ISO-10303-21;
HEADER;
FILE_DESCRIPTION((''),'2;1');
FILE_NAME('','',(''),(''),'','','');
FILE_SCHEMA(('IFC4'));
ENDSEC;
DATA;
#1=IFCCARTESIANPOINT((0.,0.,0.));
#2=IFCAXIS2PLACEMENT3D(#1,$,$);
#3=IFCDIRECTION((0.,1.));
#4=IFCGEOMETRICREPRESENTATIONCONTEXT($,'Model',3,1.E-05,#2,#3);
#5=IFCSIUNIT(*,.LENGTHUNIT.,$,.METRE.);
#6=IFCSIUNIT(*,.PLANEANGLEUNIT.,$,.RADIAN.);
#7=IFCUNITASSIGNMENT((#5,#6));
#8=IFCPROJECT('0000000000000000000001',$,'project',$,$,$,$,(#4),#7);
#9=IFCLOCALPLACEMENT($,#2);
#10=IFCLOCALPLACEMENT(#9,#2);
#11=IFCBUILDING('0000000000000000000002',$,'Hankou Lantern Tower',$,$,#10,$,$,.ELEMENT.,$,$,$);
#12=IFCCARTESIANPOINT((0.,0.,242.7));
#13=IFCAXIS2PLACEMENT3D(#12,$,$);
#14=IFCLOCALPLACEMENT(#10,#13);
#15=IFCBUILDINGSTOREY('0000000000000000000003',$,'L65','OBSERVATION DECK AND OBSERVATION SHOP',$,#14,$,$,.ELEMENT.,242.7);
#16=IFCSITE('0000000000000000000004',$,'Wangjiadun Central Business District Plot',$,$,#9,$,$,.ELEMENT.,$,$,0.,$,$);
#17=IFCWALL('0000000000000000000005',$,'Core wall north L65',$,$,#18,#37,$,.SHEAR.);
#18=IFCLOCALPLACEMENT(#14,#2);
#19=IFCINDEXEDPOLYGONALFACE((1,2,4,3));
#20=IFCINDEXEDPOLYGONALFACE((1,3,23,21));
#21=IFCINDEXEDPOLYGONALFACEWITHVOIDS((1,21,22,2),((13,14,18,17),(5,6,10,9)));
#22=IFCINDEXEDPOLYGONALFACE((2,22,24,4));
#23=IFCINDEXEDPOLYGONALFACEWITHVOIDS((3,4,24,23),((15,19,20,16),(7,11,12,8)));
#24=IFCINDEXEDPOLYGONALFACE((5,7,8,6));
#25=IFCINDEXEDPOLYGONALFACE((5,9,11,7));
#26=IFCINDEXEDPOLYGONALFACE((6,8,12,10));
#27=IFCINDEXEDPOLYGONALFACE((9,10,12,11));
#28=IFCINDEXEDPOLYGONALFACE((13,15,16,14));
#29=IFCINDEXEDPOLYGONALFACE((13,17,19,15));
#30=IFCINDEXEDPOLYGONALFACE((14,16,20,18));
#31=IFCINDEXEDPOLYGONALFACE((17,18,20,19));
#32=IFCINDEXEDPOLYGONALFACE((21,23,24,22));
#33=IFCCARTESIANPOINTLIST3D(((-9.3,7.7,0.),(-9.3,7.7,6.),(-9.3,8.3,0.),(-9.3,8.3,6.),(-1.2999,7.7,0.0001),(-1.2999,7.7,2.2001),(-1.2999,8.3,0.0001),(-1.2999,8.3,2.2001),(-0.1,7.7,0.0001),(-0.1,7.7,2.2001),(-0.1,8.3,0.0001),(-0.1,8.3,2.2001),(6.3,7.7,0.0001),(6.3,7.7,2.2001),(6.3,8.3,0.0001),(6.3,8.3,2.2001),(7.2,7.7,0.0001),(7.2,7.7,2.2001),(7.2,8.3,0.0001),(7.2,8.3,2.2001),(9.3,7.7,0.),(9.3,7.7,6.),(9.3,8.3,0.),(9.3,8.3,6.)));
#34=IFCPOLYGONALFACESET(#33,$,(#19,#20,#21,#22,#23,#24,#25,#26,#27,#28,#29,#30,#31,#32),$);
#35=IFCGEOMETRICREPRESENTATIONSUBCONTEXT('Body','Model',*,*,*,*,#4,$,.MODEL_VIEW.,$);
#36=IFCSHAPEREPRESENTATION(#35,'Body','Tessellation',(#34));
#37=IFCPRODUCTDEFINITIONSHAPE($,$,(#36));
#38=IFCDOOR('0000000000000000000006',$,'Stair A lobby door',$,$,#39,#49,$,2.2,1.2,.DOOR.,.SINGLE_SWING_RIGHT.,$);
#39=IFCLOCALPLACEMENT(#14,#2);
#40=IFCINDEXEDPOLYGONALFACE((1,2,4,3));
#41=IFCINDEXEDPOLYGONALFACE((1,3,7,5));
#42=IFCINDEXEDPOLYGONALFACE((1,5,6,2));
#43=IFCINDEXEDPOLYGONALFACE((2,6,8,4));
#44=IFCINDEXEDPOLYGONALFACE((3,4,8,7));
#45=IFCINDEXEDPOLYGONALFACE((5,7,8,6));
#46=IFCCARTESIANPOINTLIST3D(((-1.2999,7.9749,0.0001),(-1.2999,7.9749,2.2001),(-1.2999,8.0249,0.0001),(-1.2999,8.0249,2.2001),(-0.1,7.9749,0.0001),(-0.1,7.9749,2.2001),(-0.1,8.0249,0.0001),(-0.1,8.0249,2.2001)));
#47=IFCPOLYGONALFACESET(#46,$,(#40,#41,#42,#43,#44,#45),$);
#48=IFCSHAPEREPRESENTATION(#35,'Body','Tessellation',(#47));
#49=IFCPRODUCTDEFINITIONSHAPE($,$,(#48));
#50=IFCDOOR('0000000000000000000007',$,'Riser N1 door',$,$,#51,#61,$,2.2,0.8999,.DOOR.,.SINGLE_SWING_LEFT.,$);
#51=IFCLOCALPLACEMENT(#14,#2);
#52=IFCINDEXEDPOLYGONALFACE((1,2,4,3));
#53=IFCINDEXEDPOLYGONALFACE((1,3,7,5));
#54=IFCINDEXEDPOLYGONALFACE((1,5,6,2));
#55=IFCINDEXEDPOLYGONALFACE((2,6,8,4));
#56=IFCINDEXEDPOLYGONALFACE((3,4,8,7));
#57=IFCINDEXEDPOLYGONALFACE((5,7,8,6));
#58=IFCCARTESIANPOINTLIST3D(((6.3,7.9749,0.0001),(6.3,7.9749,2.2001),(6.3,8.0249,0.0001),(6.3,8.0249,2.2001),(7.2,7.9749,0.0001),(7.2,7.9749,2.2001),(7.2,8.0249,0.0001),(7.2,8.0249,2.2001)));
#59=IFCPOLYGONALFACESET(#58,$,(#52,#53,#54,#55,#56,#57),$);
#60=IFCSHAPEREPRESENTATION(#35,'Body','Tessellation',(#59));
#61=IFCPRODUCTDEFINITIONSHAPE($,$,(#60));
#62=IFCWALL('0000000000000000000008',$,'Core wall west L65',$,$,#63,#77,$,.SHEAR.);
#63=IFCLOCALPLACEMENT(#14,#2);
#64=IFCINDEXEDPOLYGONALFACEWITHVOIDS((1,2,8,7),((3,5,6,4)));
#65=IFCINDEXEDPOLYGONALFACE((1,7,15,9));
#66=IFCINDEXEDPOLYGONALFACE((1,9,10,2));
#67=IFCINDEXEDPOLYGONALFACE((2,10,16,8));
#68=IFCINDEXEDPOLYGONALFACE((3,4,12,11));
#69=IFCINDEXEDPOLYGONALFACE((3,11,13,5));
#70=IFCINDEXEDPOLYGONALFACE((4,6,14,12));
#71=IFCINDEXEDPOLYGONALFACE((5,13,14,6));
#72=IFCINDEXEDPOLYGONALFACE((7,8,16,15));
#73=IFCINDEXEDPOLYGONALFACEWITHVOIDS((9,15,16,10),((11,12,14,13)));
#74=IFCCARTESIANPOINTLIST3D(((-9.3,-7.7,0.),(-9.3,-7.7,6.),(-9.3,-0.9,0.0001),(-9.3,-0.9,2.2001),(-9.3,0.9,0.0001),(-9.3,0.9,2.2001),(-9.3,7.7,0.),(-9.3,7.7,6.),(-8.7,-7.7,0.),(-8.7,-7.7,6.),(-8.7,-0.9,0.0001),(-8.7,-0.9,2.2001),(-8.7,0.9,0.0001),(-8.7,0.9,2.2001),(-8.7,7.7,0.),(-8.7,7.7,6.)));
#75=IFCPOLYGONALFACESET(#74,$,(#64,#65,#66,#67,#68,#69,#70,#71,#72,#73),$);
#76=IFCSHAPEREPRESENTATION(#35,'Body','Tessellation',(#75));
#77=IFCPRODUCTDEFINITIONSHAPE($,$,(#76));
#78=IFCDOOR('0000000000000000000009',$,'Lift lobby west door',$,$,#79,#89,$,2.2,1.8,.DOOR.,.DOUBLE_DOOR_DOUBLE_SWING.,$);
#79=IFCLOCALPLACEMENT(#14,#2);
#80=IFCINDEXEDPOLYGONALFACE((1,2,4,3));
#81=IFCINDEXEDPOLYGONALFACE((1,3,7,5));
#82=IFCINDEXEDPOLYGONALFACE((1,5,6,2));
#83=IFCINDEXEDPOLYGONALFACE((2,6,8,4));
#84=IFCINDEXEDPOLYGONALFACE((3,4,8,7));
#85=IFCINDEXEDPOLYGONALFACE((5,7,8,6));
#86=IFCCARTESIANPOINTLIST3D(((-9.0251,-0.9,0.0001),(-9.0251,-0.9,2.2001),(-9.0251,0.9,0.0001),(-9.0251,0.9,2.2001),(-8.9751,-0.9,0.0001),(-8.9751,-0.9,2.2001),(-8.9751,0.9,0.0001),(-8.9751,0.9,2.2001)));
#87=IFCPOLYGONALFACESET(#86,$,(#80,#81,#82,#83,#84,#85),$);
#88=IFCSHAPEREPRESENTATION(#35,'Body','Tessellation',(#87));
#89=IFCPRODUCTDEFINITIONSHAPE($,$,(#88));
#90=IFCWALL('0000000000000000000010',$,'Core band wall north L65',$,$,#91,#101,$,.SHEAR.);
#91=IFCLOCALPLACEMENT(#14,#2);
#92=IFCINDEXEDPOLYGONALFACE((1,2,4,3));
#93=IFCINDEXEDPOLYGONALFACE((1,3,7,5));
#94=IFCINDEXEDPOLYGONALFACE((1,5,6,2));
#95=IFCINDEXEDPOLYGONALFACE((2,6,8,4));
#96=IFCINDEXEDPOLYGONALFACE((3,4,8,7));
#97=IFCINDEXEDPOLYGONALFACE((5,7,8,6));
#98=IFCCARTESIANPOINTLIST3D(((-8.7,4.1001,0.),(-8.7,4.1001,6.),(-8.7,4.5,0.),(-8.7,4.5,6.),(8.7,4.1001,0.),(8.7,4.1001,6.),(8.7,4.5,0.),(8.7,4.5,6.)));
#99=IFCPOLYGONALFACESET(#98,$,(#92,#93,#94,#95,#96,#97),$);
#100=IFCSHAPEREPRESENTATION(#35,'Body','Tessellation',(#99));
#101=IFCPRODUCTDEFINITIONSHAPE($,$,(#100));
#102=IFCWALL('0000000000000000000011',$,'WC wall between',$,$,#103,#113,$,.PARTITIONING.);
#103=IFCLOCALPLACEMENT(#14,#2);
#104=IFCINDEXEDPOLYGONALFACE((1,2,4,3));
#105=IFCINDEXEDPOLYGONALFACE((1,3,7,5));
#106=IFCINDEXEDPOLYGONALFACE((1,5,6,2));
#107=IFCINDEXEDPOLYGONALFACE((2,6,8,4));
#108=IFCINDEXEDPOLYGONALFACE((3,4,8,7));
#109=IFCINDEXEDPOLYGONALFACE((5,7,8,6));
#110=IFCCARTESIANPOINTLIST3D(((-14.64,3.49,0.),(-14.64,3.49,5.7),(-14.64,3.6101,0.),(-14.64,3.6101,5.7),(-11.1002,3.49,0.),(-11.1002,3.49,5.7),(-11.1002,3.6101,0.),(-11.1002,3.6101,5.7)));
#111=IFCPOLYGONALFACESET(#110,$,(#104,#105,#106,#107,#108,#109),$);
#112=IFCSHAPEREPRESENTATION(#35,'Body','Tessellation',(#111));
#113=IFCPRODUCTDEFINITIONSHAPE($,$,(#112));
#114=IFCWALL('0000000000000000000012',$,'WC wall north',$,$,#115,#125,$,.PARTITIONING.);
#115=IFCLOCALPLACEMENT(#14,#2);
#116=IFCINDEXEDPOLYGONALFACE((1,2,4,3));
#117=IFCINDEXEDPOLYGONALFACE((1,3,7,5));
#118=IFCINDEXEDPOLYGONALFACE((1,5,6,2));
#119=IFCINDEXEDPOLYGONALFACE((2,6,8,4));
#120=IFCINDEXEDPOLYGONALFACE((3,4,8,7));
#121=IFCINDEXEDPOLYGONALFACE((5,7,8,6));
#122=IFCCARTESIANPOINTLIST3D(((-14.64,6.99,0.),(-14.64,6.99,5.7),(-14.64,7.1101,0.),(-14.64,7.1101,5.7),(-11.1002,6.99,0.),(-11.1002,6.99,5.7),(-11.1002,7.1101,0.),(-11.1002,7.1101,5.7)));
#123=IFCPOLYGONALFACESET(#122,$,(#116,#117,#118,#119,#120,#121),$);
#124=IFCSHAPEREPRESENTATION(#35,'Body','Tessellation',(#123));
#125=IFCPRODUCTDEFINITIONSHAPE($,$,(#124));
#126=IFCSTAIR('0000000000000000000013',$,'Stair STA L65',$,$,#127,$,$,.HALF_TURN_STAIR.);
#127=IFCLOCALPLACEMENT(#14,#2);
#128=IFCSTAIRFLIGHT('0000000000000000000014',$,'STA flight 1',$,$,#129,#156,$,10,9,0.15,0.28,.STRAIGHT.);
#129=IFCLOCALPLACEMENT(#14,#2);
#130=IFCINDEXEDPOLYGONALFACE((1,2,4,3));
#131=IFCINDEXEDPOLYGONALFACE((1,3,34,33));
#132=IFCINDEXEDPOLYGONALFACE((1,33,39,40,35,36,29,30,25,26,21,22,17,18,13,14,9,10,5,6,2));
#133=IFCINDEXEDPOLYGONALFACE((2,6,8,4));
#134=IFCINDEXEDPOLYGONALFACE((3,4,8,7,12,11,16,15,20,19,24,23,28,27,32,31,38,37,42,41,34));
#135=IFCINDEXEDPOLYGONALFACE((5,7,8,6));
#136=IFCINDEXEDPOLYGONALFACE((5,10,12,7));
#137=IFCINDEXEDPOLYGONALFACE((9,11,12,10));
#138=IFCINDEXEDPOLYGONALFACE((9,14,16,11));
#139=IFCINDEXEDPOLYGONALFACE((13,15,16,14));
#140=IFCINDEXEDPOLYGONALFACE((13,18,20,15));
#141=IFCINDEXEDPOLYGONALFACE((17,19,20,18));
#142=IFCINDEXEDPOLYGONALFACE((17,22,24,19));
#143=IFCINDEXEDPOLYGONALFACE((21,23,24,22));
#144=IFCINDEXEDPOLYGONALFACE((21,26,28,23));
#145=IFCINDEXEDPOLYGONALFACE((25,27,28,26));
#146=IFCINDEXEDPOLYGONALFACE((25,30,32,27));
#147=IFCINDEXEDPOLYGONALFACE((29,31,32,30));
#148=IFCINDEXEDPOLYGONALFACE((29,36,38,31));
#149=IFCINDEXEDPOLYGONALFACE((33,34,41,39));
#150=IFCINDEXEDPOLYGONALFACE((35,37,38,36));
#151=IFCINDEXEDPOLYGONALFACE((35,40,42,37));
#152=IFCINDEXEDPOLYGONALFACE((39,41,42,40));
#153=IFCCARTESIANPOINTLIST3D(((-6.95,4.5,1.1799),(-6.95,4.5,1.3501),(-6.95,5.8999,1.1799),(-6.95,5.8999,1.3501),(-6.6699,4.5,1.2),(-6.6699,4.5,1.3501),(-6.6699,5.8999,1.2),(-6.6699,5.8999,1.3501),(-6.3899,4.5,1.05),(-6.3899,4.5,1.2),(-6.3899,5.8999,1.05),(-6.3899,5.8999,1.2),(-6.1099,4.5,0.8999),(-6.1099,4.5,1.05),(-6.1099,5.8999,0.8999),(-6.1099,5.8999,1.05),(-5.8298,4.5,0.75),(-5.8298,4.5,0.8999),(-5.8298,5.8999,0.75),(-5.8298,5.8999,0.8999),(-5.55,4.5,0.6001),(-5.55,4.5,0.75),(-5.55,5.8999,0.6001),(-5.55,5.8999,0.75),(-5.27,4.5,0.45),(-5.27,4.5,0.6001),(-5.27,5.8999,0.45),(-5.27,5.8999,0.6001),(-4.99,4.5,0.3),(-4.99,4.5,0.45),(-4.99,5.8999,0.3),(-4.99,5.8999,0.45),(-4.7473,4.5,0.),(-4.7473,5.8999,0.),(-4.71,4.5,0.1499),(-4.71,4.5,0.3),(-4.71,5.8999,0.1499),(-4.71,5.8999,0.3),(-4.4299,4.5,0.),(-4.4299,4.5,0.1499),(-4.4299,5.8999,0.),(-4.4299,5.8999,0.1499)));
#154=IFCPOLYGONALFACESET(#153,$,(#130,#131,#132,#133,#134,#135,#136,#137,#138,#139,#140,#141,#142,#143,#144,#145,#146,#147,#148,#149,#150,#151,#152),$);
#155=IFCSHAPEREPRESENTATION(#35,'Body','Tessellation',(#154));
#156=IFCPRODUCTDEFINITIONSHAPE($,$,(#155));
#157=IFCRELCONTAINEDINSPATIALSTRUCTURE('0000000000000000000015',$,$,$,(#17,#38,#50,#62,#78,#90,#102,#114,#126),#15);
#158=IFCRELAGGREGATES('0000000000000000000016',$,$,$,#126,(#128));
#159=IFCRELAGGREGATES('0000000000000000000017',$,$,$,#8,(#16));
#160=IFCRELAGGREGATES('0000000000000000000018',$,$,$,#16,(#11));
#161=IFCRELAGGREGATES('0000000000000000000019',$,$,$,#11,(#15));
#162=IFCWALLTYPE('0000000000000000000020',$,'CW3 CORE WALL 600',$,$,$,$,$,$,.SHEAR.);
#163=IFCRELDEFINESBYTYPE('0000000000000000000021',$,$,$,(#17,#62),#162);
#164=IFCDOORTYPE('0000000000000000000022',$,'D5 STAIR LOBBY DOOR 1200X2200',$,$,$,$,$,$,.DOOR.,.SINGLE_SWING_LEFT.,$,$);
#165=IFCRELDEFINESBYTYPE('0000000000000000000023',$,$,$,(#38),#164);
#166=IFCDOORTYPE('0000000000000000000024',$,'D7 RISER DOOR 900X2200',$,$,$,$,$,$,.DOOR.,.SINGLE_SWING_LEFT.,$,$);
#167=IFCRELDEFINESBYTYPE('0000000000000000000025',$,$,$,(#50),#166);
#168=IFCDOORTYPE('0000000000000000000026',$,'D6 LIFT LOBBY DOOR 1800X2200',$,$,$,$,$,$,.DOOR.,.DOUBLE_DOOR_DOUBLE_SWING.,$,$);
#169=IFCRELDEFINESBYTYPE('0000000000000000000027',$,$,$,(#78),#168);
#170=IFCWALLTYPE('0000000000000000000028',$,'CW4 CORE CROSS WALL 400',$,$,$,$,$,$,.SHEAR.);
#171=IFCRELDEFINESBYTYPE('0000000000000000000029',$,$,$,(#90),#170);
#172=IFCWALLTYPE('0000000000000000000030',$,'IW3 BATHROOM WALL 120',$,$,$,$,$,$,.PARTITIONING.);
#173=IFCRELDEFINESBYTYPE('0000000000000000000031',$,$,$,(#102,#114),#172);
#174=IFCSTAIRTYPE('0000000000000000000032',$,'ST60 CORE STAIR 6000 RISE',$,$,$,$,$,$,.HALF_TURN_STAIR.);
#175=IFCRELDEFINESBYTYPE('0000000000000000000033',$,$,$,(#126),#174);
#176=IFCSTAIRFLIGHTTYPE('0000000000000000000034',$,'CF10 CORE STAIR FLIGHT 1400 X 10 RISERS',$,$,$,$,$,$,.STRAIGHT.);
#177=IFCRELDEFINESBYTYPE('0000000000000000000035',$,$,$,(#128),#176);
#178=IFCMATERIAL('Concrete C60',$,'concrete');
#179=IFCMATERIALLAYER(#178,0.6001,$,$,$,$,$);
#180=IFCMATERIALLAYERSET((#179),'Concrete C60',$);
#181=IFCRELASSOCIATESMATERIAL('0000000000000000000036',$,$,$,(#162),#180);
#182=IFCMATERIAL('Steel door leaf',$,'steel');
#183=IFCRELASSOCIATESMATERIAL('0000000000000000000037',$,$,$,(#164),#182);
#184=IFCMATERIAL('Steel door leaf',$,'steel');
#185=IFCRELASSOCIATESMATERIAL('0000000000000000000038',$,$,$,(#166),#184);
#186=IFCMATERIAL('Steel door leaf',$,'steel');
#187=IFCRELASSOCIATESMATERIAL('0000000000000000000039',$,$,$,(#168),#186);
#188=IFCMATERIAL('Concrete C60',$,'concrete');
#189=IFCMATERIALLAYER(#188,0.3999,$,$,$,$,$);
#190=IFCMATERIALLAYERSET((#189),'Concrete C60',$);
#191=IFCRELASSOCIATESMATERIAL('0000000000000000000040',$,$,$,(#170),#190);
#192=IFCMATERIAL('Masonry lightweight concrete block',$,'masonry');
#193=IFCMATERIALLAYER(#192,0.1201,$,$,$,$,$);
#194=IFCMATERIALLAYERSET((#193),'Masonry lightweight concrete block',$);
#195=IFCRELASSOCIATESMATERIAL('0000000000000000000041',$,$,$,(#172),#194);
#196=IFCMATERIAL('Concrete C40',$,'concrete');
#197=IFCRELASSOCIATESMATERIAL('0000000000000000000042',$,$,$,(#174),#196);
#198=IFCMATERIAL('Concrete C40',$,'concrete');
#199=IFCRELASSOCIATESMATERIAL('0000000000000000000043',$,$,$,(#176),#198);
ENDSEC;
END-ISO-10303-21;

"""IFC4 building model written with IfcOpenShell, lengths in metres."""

from ifc_helpers import new_model, si_unit, direction, frame, frame_2d, origin, place, context, subcontext, project, spatial, polyline, rectangle, outline, extrude, material, layer, layer_set, type_object, element, fill, aggregate, save


model = new_model("IFC4")

# Units and contexts
model_context = context("Model", 3, precision=1e-05, world=origin(), true_north=direction((0.0, 1.0)))
body_context = subcontext(model_context, "Body", "Model", "MODEL_VIEW")
ifc_project = project(units=[si_unit("LENGTHUNIT", "METRE"), si_unit("PLANEANGLEUNIT", "RADIAN")], contexts=[model_context])

# Site, building, storey
site_placement = place(None, origin())
site = spatial("IfcSite", under=ifc_project, at=site_placement, Name="Wangjiadun Central Business District Plot", CompositionType="ELEMENT", RefElevation=0.0)
building_placement = place(site_placement, origin())
building = spatial("IfcBuilding", under=site, at=building_placement, Name="Hankou Lantern Tower", CompositionType="ELEMENT")
storey_placement = place(building_placement, frame((0.0, 0.0, 242.7)))
storey = spatial("IfcBuildingStorey", under=building, at=storey_placement, Name="L65", Description="OBSERVATION DECK AND OBSERVATION SHOP", CompositionType="ELEMENT", Elevation=242.7)

# Wall, openings, doors
ifc_material_1 = material(Name="Concrete C60", Category="concrete")
ifc_layer_1 = layer(ifc_material_1, 0.6001)
ifc_layer_set_1 = layer_set([ifc_layer_1], Name="Concrete C60")
wall_type_1 = type_object("IfcWallType", Name="CW3 CORE WALL 600", PredefinedType="SHEAR", material=ifc_layer_set_1)
wall_1_placement = place(storey_placement, frame((-9.3, 8.0, 0.0), z_axis=(0.0, 0.0, 1.0), x_axis=(1.0, 0.0, 0.0)))
wall_1 = element("IfcWall", 1, at=wall_1_placement, inside=storey, type_object=wall_type_1, Name="Core wall north L65", PredefinedType="SHEAR", context=body_context, shape_type="SweptSolid", body=[
    extrude(rectangle(XDim=18.6001, YDim=0.6001, at=frame_2d((9.3, 0.0))), origin(), (0.0, 0.0, 1.0), 6.0),
])
opening_1_placement = place(wall_1_placement, frame((8.0, 0.0, 0.0)))
opening_1 = element("IfcOpeningElement", 2, at=opening_1_placement, cuts=wall_1, PredefinedType="OPENING", context=body_context, shape_type="SweptSolid", body=[
    extrude(rectangle(XDim=1.2, YDim=2.2, at=frame_2d((0.6001, 1.1001))), frame((0.0, 0.3101, 0.0), z_axis=(0.0, -1.0, 0.0), x_axis=(1.0, 0.0, 0.0)), (0.0, 0.0, 1.0), 0.6201),
])
opening_2_placement = place(wall_1_placement, frame((15.6001, 0.0, 0.0)))
opening_2 = element("IfcOpeningElement", 3, at=opening_2_placement, cuts=wall_1, PredefinedType="OPENING", context=body_context, shape_type="SweptSolid", body=[
    extrude(rectangle(XDim=0.8999, YDim=2.2, at=frame_2d((0.45, 1.1001))), frame((0.0, 0.3101, 0.0), z_axis=(0.0, -1.0, 0.0), x_axis=(1.0, 0.0, 0.0)), (0.0, 0.0, 1.0), 0.6201),
])
ifc_material_2 = material(Name="Steel door leaf", Category="steel")
door_type_1 = type_object("IfcDoorType", Name="D5 STAIR LOBBY DOOR 1200X2200", OperationType="SINGLE_SWING_LEFT", PredefinedType="DOOR", material=ifc_material_2)
door_1_placement = place(opening_1_placement, origin())
door_1 = element("IfcDoor", 4, at=door_1_placement, inside=storey, type_object=door_type_1, Name="Stair A lobby door", OperationType="SINGLE_SWING_RIGHT", OverallHeight=2.2, OverallWidth=1.2, PredefinedType="DOOR", context=body_context, shape_type="SweptSolid", body=[
    extrude(rectangle(XDim=1.2, YDim=2.2, at=frame_2d((0.6001, 1.1001))), frame((0.0, 0.0249, 0.0), z_axis=(0.0, -1.0, 0.0), x_axis=(1.0, 0.0, 0.0)), (0.0, 0.0, 1.0), 0.05),
])
fill(opening_1, door_1)
ifc_material_3 = material(Name="Steel door leaf", Category="steel")
door_type_2 = type_object("IfcDoorType", Name="D7 RISER DOOR 900X2200", OperationType="SINGLE_SWING_LEFT", PredefinedType="DOOR", material=ifc_material_3)
door_2_placement = place(opening_2_placement, origin())
door_2 = element("IfcDoor", 5, at=door_2_placement, inside=storey, type_object=door_type_2, Name="Riser N1 door", OperationType="SINGLE_SWING_LEFT", OverallHeight=2.2, OverallWidth=0.8999, PredefinedType="DOOR", context=body_context, shape_type="SweptSolid", body=[
    extrude(rectangle(XDim=0.8999, YDim=2.2, at=frame_2d((0.45, 1.1001))), frame((0.0, 0.0249, 0.0), z_axis=(0.0, -1.0, 0.0), x_axis=(1.0, 0.0, 0.0)), (0.0, 0.0, 1.0), 0.05),
])
fill(opening_2, door_2)

# Wall, opening, door
wall_2_placement = place(storey_placement, frame((-9.0, 7.7, 0.0), z_axis=(0.0, 0.0, 1.0), x_axis=(0.0, -1.0, 0.0)))
wall_2 = element("IfcWall", 6, at=wall_2_placement, inside=storey, type_object=wall_type_1, Name="Core wall west L65", PredefinedType="SHEAR", context=body_context, shape_type="SweptSolid", body=[
    extrude(rectangle(XDim=15.3999, YDim=0.6001, at=frame_2d((7.7, 0.0))), origin(), (0.0, 0.0, 1.0), 6.0),
])
opening_3_placement = place(wall_2_placement, frame((6.8, 0.0, 0.0)))
opening_3 = element("IfcOpeningElement", 7, at=opening_3_placement, cuts=wall_2, PredefinedType="OPENING", context=body_context, shape_type="SweptSolid", body=[
    extrude(rectangle(XDim=1.8, YDim=2.2, at=frame_2d((0.8999, 1.1001))), frame((0.0, 0.3101, 0.0), z_axis=(0.0, -1.0, 0.0), x_axis=(1.0, 0.0, 0.0)), (0.0, 0.0, 1.0), 0.6201),
])
ifc_material_4 = material(Name="Steel door leaf", Category="steel")
door_type_3 = type_object("IfcDoorType", Name="D6 LIFT LOBBY DOOR 1800X2200", OperationType="DOUBLE_DOOR_DOUBLE_SWING", PredefinedType="DOOR", material=ifc_material_4)
door_3_placement = place(opening_3_placement, origin())
door_3 = element("IfcDoor", 8, at=door_3_placement, inside=storey, type_object=door_type_3, Name="Lift lobby west door", OperationType="DOUBLE_DOOR_DOUBLE_SWING", OverallHeight=2.2, OverallWidth=1.8, PredefinedType="DOOR", context=body_context, shape_type="SweptSolid", body=[
    extrude(rectangle(XDim=1.8, YDim=2.2, at=frame_2d((0.8999, 1.1001))), frame((0.0, 0.0249, 0.0), z_axis=(0.0, -1.0, 0.0), x_axis=(1.0, 0.0, 0.0)), (0.0, 0.0, 1.0), 0.05),
])
fill(opening_3, door_3)

# Walls
ifc_material_5 = material(Name="Concrete C60", Category="concrete")
ifc_layer_2 = layer(ifc_material_5, 0.3999)
ifc_layer_set_2 = layer_set([ifc_layer_2], Name="Concrete C60")
wall_type_2 = type_object("IfcWallType", Name="CW4 CORE CROSS WALL 400", PredefinedType="SHEAR", material=ifc_layer_set_2)
wall_3_placement = place(storey_placement, frame((-8.7, 4.3, 0.0), z_axis=(0.0, 0.0, 1.0), x_axis=(1.0, 0.0, 0.0)))
element("IfcWall", 9, at=wall_3_placement, inside=storey, type_object=wall_type_2, Name="Core band wall north L65", PredefinedType="SHEAR", context=body_context, shape_type="SweptSolid", body=[
    extrude(rectangle(XDim=17.3999, YDim=0.3999, at=frame_2d((8.7, 0.0))), origin(), (0.0, 0.0, 1.0), 6.0),
])
ifc_material_6 = material(Name="Masonry lightweight concrete block", Category="masonry")
ifc_layer_3 = layer(ifc_material_6, 0.1201)
ifc_layer_set_3 = layer_set([ifc_layer_3], Name="Masonry lightweight concrete block")
wall_type_3 = type_object("IfcWallType", Name="IW3 BATHROOM WALL 120", PredefinedType="PARTITIONING", material=ifc_layer_set_3)
for number, where, z_axis, x_axis, name in (
    (10, (-11.1001, 3.55, 0.0), (0.0, 0.0, 1.0), (-1.0, 0.0, 0.0), "WC wall between"),
    (11, (-11.1001, 7.05, 0.0), (0.0, 0.0, 1.0), (-1.0, 0.0, 0.0), "WC wall north"),
):
    element("IfcWall", number, at=place(storey_placement, frame(where, z_axis=z_axis, x_axis=x_axis)), inside=storey, type_object=wall_type_3, Name=name, PredefinedType="PARTITIONING", context=body_context, shape_type="SweptSolid", body=[
        extrude(rectangle(XDim=3.5398, YDim=0.1201, at=frame_2d((1.77, 0.0))), origin(), (0.0, 0.0, 1.0), 5.7),
    ])

# Stair, stair flight
ifc_material_7 = material(Name="Concrete C40", Category="concrete")
stair_type = type_object("IfcStairType", Name="ST60 CORE STAIR 6000 RISE", PredefinedType="HALF_TURN_STAIR", material=ifc_material_7)
stair_placement = place(storey_placement, origin())
stair = element("IfcStair", 12, at=stair_placement, inside=storey, type_object=stair_type, Name="Stair STA L65", PredefinedType="HALF_TURN_STAIR")
ifc_material_8 = material(Name="Concrete C40", Category="concrete")
stair_flight_type = type_object("IfcStairFlightType", Name="CF10 CORE STAIR FLIGHT 1400 X 10 RISERS", PredefinedType="STRAIGHT", material=ifc_material_8)
stair_flight_1_placement = place(storey_placement, frame((-4.4299, 5.2, 0.0), z_axis=(0.0, 0.0, 1.0), x_axis=(-1.0, 0.0, 0.0)))
stair_flight_1 = element("IfcStairFlight", 13, at=stair_flight_1_placement, type_object=stair_flight_type, Name="STA flight 1", NumberOfRisers=10, NumberOfTreads=9, PredefinedType="STRAIGHT", RiserHeight=0.15, TreadLength=0.28, context=body_context, shape_type="SweptSolid", body=[
    extrude(outline(polyline([(0.0, 0.0), (0.0, 0.1499), (0.28, 0.1499), (0.28, 0.3), (0.5601, 0.3), (0.5601, 0.45), (0.8401, 0.45), (0.8401, 0.6001), (1.1201, 0.6001), (1.1201, 0.75), (1.3999, 0.75), (1.3999, 0.8999), (1.6799, 0.8999), (1.6799, 1.05), (1.96, 1.05), (1.96, 1.2), (2.24, 1.2), (2.24, 1.3501), (2.52, 1.3501), (2.52, 1.5), (2.52, 1.1799), (0.3174, 0.0), (0.0, 0.0)])), frame((0.0, 0.7, 0.0), z_axis=(0.0, -1.0, 0.0), x_axis=(1.0, 0.0, 0.0)), (0.0, 0.0, 1.0), 1.3999),
])
aggregate(stair, [stair_flight_1])

save(model, "model.ifc")
